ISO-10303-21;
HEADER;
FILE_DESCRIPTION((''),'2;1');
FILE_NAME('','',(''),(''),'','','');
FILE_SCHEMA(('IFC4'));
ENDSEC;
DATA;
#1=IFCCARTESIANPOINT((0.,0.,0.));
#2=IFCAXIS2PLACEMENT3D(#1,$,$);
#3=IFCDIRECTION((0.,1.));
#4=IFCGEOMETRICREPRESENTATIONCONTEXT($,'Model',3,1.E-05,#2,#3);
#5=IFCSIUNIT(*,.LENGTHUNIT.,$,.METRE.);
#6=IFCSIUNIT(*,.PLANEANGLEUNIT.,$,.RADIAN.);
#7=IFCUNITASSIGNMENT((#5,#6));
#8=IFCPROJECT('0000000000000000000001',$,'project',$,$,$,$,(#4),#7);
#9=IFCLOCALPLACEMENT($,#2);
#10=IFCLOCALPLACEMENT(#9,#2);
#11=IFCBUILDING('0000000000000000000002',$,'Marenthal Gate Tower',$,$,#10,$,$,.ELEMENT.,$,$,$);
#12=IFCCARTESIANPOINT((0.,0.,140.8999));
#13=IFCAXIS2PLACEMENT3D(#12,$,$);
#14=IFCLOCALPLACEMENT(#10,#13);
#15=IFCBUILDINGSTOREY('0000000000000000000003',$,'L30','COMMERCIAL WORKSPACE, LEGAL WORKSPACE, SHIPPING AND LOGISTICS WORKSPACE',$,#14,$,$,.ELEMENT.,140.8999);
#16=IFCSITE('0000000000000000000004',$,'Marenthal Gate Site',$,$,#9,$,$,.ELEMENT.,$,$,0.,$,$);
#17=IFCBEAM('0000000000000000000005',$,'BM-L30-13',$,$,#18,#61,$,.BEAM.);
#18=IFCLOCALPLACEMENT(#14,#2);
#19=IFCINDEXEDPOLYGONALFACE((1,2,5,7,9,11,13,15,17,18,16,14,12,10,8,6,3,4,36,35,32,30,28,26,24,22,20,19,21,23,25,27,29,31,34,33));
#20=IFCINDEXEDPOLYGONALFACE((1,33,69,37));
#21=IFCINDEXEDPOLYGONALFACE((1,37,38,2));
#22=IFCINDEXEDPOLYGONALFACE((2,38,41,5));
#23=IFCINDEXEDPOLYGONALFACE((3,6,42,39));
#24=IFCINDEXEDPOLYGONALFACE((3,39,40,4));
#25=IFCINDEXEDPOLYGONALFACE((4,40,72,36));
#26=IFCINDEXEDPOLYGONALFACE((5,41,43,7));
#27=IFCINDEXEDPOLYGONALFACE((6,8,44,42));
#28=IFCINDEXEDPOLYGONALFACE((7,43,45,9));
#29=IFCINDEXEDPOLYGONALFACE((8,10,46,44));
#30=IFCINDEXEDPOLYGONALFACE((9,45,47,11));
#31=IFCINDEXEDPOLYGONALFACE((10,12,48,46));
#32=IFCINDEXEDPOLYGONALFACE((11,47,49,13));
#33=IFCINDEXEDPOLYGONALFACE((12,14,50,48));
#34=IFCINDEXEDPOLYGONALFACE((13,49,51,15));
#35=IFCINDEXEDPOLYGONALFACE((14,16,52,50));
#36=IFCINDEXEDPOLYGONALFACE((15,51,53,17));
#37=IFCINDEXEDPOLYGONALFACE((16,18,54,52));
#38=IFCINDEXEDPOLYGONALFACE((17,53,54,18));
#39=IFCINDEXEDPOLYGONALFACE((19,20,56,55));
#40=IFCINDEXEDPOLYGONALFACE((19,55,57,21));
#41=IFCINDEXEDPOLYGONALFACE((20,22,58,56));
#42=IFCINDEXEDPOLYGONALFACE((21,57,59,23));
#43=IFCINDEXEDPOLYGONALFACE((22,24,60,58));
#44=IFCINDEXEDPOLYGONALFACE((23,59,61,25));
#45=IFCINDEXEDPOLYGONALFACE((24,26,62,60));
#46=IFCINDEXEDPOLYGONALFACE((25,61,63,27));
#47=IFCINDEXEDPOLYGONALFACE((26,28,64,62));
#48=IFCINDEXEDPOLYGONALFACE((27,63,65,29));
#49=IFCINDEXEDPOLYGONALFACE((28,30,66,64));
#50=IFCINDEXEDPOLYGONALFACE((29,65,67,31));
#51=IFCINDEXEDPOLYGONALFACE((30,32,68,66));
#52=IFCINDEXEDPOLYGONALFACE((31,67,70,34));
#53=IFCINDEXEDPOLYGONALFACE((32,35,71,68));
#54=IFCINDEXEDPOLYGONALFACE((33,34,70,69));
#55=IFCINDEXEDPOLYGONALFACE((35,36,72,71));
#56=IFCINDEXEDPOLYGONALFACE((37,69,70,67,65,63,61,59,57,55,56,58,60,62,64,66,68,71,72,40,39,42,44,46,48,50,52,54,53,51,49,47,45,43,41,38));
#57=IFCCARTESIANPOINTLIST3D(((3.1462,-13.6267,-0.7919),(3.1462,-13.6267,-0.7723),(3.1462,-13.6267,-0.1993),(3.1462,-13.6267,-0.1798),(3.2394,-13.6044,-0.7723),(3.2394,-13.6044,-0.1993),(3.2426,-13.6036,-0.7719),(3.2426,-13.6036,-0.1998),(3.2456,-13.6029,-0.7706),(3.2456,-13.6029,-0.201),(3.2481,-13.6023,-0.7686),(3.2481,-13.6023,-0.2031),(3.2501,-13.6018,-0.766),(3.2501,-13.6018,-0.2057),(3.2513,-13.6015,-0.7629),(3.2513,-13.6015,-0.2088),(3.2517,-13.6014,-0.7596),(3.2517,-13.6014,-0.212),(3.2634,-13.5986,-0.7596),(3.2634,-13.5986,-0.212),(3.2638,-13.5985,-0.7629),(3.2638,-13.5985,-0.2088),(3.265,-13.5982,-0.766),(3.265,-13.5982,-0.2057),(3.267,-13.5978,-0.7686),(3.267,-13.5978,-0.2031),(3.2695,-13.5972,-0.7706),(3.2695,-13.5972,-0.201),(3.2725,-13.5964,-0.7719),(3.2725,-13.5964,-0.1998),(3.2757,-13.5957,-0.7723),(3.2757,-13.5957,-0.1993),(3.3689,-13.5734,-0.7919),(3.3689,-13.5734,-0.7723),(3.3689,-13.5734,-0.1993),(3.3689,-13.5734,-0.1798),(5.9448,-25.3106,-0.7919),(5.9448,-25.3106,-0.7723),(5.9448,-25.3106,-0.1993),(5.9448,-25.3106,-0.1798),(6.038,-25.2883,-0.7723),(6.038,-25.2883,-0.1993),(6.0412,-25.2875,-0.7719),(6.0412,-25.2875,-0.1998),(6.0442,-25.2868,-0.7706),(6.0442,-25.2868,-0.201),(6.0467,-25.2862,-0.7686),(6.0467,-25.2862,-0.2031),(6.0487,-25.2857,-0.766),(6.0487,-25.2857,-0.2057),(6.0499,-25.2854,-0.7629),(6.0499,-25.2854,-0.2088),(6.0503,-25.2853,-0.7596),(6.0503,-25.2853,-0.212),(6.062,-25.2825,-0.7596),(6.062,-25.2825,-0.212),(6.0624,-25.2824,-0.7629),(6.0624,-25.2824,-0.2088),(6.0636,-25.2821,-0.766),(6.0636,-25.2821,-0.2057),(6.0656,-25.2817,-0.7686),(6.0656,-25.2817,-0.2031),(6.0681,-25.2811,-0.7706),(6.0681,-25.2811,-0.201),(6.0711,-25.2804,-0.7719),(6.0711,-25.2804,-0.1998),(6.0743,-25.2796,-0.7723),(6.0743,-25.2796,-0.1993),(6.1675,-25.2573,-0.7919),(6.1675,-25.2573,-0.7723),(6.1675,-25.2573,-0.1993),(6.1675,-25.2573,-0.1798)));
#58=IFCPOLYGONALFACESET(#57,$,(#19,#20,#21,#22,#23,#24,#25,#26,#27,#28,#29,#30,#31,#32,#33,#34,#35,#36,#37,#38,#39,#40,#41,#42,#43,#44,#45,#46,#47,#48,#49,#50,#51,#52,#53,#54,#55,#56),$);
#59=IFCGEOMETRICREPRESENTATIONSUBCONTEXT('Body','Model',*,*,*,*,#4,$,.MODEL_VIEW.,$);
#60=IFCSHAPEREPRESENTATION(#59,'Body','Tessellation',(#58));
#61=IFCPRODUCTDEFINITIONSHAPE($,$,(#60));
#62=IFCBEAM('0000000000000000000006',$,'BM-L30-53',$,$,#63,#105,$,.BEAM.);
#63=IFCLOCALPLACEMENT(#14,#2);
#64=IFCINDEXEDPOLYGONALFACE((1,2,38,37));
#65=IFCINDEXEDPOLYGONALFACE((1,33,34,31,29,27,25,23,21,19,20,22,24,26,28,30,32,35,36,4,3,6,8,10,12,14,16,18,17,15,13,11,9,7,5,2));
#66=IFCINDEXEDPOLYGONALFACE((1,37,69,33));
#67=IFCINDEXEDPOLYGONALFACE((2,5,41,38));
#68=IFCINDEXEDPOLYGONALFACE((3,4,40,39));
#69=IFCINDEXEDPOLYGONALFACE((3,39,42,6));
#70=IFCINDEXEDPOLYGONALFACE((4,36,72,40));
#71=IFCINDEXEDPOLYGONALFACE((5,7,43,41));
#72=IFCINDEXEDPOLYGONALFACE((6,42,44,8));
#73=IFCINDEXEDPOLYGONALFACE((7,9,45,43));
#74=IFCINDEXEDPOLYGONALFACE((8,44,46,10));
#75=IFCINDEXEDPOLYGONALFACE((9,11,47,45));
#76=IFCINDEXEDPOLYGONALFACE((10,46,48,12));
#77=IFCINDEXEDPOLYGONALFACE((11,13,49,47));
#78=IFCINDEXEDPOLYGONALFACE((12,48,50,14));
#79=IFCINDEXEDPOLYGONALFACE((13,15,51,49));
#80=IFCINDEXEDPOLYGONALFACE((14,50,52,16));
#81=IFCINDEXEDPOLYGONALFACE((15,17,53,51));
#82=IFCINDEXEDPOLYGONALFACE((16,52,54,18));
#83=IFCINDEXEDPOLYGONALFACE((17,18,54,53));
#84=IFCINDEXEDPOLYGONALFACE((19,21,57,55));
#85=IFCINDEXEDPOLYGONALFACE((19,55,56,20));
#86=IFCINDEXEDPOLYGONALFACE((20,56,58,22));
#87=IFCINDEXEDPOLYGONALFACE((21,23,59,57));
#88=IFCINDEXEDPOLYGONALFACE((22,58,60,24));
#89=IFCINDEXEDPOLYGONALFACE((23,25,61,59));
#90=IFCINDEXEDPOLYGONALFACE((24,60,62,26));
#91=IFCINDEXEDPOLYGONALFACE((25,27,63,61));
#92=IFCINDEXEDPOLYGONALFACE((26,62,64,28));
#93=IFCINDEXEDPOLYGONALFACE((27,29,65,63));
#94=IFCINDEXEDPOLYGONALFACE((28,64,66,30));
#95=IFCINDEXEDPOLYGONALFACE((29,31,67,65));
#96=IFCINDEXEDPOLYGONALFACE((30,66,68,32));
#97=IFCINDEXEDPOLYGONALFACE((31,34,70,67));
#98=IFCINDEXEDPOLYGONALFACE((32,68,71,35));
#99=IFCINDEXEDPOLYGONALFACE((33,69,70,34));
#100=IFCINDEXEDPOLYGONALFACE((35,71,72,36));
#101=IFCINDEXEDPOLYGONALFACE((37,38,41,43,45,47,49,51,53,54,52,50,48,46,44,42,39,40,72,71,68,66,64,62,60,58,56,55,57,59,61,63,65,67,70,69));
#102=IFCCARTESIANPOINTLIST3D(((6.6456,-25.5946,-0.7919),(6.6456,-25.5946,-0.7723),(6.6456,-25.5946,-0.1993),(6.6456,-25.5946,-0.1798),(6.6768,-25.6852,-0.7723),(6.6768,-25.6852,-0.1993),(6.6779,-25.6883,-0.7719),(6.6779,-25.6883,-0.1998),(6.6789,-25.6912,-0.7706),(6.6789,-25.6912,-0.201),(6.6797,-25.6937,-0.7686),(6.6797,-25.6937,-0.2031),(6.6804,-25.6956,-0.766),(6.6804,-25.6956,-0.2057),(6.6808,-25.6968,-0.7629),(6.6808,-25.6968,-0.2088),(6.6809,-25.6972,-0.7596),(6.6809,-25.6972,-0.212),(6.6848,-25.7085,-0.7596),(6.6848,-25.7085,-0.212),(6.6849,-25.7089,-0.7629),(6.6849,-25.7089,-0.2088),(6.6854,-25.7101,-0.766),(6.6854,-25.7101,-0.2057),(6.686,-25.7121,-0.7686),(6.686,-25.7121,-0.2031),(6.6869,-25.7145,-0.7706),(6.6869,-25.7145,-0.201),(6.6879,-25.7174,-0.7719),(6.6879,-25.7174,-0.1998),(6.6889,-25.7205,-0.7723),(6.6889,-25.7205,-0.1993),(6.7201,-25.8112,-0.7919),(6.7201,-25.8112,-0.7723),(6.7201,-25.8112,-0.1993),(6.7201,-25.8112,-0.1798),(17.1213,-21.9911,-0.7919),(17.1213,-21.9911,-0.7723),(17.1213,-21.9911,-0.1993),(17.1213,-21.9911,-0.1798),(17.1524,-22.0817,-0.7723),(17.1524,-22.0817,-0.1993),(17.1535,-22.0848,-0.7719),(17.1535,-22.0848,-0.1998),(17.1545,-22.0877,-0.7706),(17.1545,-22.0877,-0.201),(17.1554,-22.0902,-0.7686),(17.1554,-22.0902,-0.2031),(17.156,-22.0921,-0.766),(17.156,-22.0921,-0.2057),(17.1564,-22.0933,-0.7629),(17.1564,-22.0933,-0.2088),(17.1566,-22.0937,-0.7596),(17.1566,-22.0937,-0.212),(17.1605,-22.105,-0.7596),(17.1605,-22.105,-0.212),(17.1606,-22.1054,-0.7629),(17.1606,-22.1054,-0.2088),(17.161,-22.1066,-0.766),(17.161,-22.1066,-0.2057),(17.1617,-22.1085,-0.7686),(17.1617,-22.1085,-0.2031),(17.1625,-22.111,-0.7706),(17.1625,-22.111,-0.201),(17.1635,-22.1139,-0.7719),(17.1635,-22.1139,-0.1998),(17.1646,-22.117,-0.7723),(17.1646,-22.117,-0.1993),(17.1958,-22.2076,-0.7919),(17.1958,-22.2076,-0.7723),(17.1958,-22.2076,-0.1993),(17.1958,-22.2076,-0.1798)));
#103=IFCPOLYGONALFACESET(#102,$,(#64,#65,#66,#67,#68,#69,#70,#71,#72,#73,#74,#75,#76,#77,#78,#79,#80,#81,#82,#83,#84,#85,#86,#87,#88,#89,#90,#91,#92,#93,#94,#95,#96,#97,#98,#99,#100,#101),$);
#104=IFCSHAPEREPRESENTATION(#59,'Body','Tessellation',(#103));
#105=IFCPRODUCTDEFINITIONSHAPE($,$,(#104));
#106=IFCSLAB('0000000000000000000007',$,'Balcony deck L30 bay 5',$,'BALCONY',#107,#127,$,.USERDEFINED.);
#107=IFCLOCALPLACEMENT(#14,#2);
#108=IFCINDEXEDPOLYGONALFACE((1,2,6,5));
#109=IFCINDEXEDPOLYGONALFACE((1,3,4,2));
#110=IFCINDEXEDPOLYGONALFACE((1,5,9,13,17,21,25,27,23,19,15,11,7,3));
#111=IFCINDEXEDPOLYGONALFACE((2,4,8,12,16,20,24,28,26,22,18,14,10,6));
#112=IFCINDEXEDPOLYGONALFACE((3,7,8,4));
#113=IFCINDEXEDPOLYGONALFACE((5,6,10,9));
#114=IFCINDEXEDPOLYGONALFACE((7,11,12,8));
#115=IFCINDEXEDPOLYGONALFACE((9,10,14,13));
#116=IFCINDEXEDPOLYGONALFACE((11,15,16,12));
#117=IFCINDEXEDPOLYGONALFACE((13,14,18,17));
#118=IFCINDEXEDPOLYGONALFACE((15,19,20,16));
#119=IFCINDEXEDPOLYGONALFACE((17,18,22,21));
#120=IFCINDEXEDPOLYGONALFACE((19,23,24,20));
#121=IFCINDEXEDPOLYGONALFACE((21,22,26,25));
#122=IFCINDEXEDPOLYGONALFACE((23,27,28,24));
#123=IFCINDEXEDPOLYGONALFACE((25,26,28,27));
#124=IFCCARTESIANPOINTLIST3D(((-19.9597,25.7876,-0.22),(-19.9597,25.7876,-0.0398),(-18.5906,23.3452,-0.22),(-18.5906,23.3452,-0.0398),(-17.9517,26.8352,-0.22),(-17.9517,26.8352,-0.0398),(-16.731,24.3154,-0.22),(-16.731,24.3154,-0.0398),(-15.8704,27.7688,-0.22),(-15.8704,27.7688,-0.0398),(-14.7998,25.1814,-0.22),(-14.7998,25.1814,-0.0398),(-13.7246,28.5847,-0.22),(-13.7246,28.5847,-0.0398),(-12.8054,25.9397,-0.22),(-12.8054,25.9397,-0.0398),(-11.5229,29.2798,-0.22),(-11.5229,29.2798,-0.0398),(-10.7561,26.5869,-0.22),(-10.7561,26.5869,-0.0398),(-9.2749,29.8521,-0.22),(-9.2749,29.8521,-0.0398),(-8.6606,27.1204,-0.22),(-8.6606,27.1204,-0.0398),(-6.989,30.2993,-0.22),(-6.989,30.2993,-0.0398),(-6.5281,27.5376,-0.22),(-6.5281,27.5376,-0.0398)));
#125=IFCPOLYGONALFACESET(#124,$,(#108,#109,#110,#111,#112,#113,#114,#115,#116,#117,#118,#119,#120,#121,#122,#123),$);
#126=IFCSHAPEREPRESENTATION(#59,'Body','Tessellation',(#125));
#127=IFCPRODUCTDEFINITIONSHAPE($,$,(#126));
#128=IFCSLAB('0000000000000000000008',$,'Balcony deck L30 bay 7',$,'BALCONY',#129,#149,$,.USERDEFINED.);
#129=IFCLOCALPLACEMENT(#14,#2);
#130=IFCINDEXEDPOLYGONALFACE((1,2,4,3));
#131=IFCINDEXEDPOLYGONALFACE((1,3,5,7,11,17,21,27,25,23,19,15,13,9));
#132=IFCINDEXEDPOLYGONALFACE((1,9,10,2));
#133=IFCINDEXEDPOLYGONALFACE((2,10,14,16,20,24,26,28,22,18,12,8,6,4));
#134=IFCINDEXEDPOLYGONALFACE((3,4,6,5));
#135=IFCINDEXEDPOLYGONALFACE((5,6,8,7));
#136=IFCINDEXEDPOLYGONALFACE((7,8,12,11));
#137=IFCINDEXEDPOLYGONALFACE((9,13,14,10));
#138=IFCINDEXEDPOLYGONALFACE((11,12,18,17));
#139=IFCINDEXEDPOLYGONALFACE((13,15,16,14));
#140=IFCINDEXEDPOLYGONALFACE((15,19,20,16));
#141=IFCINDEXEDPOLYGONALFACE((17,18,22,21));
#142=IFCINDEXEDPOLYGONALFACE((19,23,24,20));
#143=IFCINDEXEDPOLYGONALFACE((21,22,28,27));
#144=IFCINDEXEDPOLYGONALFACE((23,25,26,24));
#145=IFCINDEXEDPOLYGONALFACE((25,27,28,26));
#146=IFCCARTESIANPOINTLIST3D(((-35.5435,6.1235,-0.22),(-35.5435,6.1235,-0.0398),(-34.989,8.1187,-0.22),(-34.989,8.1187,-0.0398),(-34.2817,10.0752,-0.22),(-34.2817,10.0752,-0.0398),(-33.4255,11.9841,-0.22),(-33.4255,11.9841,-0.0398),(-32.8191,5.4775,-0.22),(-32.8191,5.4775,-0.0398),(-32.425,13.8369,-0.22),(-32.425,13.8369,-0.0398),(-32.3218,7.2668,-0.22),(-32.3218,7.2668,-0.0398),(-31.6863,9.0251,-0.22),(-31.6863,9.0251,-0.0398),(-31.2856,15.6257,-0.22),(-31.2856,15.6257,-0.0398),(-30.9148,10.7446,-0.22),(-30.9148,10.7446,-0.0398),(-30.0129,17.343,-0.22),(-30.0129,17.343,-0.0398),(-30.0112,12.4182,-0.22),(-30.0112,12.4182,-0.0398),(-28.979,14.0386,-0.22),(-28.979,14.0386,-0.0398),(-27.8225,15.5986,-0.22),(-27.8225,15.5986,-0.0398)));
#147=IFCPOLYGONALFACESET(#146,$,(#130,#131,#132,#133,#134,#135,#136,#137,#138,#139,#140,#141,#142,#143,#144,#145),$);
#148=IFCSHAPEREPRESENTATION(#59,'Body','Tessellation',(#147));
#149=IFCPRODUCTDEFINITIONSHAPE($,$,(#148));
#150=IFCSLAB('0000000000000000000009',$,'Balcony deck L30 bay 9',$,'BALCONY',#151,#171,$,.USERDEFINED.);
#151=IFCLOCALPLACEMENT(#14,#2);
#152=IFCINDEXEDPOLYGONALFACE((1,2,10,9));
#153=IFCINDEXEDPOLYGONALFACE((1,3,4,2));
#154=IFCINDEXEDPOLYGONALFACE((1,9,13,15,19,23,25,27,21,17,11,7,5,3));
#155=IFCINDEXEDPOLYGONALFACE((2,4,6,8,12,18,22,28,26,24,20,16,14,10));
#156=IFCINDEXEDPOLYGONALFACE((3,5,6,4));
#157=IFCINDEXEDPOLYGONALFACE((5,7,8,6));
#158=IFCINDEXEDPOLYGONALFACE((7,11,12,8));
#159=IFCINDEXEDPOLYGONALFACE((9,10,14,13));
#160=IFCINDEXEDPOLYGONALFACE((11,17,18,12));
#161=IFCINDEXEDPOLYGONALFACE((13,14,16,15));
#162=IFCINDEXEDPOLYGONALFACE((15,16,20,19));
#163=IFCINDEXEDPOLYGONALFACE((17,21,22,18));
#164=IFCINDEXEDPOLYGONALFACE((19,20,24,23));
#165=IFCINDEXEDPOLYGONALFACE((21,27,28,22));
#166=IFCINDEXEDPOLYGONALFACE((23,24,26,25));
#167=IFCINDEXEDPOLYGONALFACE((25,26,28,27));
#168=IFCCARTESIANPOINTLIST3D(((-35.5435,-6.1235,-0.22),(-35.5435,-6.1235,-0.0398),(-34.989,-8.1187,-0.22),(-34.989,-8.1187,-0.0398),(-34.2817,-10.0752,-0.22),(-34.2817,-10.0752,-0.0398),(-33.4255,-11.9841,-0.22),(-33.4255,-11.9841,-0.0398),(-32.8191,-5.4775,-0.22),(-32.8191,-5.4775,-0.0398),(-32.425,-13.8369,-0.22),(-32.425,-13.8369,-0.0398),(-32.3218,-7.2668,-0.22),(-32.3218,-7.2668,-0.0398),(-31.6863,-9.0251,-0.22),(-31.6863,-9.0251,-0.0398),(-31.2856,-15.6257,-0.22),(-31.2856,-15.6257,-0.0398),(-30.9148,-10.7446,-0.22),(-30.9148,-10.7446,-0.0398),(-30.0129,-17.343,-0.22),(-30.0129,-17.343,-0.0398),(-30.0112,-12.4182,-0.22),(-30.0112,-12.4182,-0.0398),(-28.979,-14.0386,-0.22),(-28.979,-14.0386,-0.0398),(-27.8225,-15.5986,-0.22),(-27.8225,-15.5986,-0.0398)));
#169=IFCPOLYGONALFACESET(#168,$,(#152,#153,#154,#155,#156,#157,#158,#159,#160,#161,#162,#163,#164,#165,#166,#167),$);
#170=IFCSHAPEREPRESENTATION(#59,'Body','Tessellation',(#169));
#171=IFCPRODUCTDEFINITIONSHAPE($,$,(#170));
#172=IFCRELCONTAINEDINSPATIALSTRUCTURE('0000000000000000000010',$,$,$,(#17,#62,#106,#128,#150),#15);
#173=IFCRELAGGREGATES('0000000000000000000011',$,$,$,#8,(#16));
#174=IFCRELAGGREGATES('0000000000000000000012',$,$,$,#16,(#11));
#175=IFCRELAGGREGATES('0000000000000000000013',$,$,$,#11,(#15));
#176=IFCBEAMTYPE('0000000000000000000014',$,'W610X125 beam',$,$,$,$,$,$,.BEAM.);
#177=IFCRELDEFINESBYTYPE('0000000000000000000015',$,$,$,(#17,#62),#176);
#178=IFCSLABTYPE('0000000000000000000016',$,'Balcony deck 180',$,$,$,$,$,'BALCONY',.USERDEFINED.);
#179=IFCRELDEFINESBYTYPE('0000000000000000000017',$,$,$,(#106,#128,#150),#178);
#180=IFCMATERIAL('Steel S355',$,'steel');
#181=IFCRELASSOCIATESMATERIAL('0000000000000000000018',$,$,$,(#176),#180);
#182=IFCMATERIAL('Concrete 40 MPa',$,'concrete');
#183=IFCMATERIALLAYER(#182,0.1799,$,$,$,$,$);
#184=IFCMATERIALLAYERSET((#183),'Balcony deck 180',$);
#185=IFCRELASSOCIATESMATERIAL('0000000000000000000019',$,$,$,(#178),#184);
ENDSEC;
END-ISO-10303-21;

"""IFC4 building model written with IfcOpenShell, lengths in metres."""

from ifc_helpers import new_model, si_unit, direction, frame, origin, origin_2d, place, context, subcontext, project, spatial, polyline, i_section, outline, extrude, material, layer, layer_set, material_profile, profile_set, type_object, element, save


model = new_model("IFC4")

# Units and contexts
model_context = context("Model", 3, precision=1e-05, world=origin(), true_north=direction((0.0, 1.0)))
body_context = subcontext(model_context, "Body", "Model", "MODEL_VIEW")
ifc_project = project(units=[si_unit("LENGTHUNIT", "METRE"), si_unit("PLANEANGLEUNIT", "RADIAN")], contexts=[model_context])

# Site, building, storey
site_placement = place(None, origin())
site = spatial("IfcSite", under=ifc_project, at=site_placement, Name="Marenthal Gate Site", CompositionType="ELEMENT", RefElevation=0.0)
building_placement = place(site_placement, origin())
building = spatial("IfcBuilding", under=site, at=building_placement, Name="Marenthal Gate Tower", CompositionType="ELEMENT")
storey_placement = place(building_placement, frame((0.0, 0.0, 140.8999)))
storey = spatial("IfcBuildingStorey", under=building, at=storey_placement, Name="L30", Description="COMMERCIAL WORKSPACE, LEGAL WORKSPACE, SHIPPING AND LOGISTICS WORKSPACE", CompositionType="ELEMENT", Elevation=140.8999)

# Beams
ifc_material_1 = material(Name="Steel S355", Category="steel")
ifc_material_profile_1 = material_profile(ifc_material_1, i_section(OverallWidth=0.229, OverallDepth=0.6121, WebThickness=0.012, FlangeThickness=0.0195, FilletRadius=0.0127, at=origin_2d()), Name="W610X125")
ifc_profile_set_1 = profile_set([ifc_material_profile_1], Name="Steel S355")
beam_type_1 = type_object("IfcBeamType", Name="W610X125 beam", PredefinedType="BEAM", material=ifc_profile_set_1)
beam_1_placement = place(storey_placement, frame((6.0562, -25.2839, -0.4858), z_axis=(-0.232937, 0.972492, 0.0), x_axis=(-0.972492, -0.232937, 0.0)))
element("IfcBeam", 1, at=beam_1_placement, inside=storey, type_object=beam_type_1, Name="BM-L30-13", PredefinedType="BEAM", context=body_context, shape_type="SweptSolid", body=[
    extrude(i_section(OverallWidth=0.229, OverallDepth=0.6121, WebThickness=0.012, FlangeThickness=0.0195, FilletRadius=0.0127, at=origin_2d()), origin(), (0.0, 0.0, 1.0), 12.0144),
])
beam_2_placement = place(storey_placement, frame((6.6829, -25.7029, -0.4858), z_axis=(0.945616, 0.325284, 0.0), x_axis=(-0.325284, 0.945616, 0.0)))
element("IfcBeam", 2, at=beam_2_placement, inside=storey, type_object=beam_type_1, Name="BM-L30-53", PredefinedType="BEAM", context=body_context, shape_type="SweptSolid", body=[
    extrude(i_section(OverallWidth=0.229, OverallDepth=0.6121, WebThickness=0.012, FlangeThickness=0.0195, FilletRadius=0.0127, at=origin_2d()), origin(), (0.0, 0.0, 1.0), 11.0781),
])

# Slabs
ifc_material_2 = material(Name="Concrete 40 MPa", Category="concrete")
ifc_layer_1 = layer(ifc_material_2, 0.1799)
ifc_layer_set_1 = layer_set([ifc_layer_1], Name="Balcony deck 180")
slab_type_1 = type_object("IfcSlabType", Name="Balcony deck 180", ElementType="BALCONY", PredefinedType="USERDEFINED", material=ifc_layer_set_1)
slab_1_placement = place(storey_placement, frame((0.0, 0.0, -0.22)))
element("IfcSlab", 3, at=slab_1_placement, inside=storey, type_object=slab_type_1, Name="Balcony deck L30 bay 5", ObjectType="BALCONY", PredefinedType="USERDEFINED", context=body_context, shape_type="SweptSolid", body=[
    extrude(outline(polyline([(-6.5281, 27.5376), (-8.6606, 27.1204), (-10.7561, 26.5869), (-12.8054, 25.9397), (-14.7998, 25.1814), (-16.731, 24.3154), (-18.5906, 23.3452), (-19.9597, 25.7876), (-17.9517, 26.8352), (-15.8704, 27.7688), (-13.7246, 28.5847), (-11.5229, 29.2798), (-9.2749, 29.8521), (-6.989, 30.2993), (-6.5281, 27.5376)])), origin(), (0.0, 0.0, 1.0), 0.1802),
])
slab_2_placement = place(storey_placement, frame((0.0, 0.0, -0.22)))
element("IfcSlab", 4, at=slab_2_placement, inside=storey, type_object=slab_type_1, Name="Balcony deck L30 bay 7", ObjectType="BALCONY", PredefinedType="USERDEFINED", context=body_context, shape_type="SweptSolid", body=[
    extrude(outline(polyline([(-27.8225, 15.5986), (-28.979, 14.0386), (-30.0112, 12.4182), (-30.9148, 10.7446), (-31.6863, 9.0251), (-32.3218, 7.2668), (-32.8191, 5.4775), (-35.5435, 6.1235), (-34.989, 8.1187), (-34.2817, 10.0752), (-33.4255, 11.9841), (-32.425, 13.8369), (-31.2856, 15.6257), (-30.0129, 17.343), (-27.8225, 15.5986)])), origin(), (0.0, 0.0, 1.0), 0.1802),
])
slab_3_placement = place(storey_placement, frame((0.0, 0.0, -0.22)))
element("IfcSlab", 5, at=slab_3_placement, inside=storey, type_object=slab_type_1, Name="Balcony deck L30 bay 9", ObjectType="BALCONY", PredefinedType="USERDEFINED", context=body_context, shape_type="SweptSolid", body=[
    extrude(outline(polyline([(-32.8191, -5.4775), (-32.3218, -7.2668), (-31.6863, -9.0251), (-30.9148, -10.7446), (-30.0112, -12.4182), (-28.979, -14.0386), (-27.8225, -15.5986), (-30.0129, -17.343), (-31.2856, -15.6257), (-32.425, -13.8369), (-33.4255, -11.9841), (-34.2817, -10.0752), (-34.989, -8.1187), (-35.5435, -6.1235), (-32.8191, -5.4775)])), origin(), (0.0, 0.0, 1.0), 0.1802),
])

save(model, "model.ifc")
